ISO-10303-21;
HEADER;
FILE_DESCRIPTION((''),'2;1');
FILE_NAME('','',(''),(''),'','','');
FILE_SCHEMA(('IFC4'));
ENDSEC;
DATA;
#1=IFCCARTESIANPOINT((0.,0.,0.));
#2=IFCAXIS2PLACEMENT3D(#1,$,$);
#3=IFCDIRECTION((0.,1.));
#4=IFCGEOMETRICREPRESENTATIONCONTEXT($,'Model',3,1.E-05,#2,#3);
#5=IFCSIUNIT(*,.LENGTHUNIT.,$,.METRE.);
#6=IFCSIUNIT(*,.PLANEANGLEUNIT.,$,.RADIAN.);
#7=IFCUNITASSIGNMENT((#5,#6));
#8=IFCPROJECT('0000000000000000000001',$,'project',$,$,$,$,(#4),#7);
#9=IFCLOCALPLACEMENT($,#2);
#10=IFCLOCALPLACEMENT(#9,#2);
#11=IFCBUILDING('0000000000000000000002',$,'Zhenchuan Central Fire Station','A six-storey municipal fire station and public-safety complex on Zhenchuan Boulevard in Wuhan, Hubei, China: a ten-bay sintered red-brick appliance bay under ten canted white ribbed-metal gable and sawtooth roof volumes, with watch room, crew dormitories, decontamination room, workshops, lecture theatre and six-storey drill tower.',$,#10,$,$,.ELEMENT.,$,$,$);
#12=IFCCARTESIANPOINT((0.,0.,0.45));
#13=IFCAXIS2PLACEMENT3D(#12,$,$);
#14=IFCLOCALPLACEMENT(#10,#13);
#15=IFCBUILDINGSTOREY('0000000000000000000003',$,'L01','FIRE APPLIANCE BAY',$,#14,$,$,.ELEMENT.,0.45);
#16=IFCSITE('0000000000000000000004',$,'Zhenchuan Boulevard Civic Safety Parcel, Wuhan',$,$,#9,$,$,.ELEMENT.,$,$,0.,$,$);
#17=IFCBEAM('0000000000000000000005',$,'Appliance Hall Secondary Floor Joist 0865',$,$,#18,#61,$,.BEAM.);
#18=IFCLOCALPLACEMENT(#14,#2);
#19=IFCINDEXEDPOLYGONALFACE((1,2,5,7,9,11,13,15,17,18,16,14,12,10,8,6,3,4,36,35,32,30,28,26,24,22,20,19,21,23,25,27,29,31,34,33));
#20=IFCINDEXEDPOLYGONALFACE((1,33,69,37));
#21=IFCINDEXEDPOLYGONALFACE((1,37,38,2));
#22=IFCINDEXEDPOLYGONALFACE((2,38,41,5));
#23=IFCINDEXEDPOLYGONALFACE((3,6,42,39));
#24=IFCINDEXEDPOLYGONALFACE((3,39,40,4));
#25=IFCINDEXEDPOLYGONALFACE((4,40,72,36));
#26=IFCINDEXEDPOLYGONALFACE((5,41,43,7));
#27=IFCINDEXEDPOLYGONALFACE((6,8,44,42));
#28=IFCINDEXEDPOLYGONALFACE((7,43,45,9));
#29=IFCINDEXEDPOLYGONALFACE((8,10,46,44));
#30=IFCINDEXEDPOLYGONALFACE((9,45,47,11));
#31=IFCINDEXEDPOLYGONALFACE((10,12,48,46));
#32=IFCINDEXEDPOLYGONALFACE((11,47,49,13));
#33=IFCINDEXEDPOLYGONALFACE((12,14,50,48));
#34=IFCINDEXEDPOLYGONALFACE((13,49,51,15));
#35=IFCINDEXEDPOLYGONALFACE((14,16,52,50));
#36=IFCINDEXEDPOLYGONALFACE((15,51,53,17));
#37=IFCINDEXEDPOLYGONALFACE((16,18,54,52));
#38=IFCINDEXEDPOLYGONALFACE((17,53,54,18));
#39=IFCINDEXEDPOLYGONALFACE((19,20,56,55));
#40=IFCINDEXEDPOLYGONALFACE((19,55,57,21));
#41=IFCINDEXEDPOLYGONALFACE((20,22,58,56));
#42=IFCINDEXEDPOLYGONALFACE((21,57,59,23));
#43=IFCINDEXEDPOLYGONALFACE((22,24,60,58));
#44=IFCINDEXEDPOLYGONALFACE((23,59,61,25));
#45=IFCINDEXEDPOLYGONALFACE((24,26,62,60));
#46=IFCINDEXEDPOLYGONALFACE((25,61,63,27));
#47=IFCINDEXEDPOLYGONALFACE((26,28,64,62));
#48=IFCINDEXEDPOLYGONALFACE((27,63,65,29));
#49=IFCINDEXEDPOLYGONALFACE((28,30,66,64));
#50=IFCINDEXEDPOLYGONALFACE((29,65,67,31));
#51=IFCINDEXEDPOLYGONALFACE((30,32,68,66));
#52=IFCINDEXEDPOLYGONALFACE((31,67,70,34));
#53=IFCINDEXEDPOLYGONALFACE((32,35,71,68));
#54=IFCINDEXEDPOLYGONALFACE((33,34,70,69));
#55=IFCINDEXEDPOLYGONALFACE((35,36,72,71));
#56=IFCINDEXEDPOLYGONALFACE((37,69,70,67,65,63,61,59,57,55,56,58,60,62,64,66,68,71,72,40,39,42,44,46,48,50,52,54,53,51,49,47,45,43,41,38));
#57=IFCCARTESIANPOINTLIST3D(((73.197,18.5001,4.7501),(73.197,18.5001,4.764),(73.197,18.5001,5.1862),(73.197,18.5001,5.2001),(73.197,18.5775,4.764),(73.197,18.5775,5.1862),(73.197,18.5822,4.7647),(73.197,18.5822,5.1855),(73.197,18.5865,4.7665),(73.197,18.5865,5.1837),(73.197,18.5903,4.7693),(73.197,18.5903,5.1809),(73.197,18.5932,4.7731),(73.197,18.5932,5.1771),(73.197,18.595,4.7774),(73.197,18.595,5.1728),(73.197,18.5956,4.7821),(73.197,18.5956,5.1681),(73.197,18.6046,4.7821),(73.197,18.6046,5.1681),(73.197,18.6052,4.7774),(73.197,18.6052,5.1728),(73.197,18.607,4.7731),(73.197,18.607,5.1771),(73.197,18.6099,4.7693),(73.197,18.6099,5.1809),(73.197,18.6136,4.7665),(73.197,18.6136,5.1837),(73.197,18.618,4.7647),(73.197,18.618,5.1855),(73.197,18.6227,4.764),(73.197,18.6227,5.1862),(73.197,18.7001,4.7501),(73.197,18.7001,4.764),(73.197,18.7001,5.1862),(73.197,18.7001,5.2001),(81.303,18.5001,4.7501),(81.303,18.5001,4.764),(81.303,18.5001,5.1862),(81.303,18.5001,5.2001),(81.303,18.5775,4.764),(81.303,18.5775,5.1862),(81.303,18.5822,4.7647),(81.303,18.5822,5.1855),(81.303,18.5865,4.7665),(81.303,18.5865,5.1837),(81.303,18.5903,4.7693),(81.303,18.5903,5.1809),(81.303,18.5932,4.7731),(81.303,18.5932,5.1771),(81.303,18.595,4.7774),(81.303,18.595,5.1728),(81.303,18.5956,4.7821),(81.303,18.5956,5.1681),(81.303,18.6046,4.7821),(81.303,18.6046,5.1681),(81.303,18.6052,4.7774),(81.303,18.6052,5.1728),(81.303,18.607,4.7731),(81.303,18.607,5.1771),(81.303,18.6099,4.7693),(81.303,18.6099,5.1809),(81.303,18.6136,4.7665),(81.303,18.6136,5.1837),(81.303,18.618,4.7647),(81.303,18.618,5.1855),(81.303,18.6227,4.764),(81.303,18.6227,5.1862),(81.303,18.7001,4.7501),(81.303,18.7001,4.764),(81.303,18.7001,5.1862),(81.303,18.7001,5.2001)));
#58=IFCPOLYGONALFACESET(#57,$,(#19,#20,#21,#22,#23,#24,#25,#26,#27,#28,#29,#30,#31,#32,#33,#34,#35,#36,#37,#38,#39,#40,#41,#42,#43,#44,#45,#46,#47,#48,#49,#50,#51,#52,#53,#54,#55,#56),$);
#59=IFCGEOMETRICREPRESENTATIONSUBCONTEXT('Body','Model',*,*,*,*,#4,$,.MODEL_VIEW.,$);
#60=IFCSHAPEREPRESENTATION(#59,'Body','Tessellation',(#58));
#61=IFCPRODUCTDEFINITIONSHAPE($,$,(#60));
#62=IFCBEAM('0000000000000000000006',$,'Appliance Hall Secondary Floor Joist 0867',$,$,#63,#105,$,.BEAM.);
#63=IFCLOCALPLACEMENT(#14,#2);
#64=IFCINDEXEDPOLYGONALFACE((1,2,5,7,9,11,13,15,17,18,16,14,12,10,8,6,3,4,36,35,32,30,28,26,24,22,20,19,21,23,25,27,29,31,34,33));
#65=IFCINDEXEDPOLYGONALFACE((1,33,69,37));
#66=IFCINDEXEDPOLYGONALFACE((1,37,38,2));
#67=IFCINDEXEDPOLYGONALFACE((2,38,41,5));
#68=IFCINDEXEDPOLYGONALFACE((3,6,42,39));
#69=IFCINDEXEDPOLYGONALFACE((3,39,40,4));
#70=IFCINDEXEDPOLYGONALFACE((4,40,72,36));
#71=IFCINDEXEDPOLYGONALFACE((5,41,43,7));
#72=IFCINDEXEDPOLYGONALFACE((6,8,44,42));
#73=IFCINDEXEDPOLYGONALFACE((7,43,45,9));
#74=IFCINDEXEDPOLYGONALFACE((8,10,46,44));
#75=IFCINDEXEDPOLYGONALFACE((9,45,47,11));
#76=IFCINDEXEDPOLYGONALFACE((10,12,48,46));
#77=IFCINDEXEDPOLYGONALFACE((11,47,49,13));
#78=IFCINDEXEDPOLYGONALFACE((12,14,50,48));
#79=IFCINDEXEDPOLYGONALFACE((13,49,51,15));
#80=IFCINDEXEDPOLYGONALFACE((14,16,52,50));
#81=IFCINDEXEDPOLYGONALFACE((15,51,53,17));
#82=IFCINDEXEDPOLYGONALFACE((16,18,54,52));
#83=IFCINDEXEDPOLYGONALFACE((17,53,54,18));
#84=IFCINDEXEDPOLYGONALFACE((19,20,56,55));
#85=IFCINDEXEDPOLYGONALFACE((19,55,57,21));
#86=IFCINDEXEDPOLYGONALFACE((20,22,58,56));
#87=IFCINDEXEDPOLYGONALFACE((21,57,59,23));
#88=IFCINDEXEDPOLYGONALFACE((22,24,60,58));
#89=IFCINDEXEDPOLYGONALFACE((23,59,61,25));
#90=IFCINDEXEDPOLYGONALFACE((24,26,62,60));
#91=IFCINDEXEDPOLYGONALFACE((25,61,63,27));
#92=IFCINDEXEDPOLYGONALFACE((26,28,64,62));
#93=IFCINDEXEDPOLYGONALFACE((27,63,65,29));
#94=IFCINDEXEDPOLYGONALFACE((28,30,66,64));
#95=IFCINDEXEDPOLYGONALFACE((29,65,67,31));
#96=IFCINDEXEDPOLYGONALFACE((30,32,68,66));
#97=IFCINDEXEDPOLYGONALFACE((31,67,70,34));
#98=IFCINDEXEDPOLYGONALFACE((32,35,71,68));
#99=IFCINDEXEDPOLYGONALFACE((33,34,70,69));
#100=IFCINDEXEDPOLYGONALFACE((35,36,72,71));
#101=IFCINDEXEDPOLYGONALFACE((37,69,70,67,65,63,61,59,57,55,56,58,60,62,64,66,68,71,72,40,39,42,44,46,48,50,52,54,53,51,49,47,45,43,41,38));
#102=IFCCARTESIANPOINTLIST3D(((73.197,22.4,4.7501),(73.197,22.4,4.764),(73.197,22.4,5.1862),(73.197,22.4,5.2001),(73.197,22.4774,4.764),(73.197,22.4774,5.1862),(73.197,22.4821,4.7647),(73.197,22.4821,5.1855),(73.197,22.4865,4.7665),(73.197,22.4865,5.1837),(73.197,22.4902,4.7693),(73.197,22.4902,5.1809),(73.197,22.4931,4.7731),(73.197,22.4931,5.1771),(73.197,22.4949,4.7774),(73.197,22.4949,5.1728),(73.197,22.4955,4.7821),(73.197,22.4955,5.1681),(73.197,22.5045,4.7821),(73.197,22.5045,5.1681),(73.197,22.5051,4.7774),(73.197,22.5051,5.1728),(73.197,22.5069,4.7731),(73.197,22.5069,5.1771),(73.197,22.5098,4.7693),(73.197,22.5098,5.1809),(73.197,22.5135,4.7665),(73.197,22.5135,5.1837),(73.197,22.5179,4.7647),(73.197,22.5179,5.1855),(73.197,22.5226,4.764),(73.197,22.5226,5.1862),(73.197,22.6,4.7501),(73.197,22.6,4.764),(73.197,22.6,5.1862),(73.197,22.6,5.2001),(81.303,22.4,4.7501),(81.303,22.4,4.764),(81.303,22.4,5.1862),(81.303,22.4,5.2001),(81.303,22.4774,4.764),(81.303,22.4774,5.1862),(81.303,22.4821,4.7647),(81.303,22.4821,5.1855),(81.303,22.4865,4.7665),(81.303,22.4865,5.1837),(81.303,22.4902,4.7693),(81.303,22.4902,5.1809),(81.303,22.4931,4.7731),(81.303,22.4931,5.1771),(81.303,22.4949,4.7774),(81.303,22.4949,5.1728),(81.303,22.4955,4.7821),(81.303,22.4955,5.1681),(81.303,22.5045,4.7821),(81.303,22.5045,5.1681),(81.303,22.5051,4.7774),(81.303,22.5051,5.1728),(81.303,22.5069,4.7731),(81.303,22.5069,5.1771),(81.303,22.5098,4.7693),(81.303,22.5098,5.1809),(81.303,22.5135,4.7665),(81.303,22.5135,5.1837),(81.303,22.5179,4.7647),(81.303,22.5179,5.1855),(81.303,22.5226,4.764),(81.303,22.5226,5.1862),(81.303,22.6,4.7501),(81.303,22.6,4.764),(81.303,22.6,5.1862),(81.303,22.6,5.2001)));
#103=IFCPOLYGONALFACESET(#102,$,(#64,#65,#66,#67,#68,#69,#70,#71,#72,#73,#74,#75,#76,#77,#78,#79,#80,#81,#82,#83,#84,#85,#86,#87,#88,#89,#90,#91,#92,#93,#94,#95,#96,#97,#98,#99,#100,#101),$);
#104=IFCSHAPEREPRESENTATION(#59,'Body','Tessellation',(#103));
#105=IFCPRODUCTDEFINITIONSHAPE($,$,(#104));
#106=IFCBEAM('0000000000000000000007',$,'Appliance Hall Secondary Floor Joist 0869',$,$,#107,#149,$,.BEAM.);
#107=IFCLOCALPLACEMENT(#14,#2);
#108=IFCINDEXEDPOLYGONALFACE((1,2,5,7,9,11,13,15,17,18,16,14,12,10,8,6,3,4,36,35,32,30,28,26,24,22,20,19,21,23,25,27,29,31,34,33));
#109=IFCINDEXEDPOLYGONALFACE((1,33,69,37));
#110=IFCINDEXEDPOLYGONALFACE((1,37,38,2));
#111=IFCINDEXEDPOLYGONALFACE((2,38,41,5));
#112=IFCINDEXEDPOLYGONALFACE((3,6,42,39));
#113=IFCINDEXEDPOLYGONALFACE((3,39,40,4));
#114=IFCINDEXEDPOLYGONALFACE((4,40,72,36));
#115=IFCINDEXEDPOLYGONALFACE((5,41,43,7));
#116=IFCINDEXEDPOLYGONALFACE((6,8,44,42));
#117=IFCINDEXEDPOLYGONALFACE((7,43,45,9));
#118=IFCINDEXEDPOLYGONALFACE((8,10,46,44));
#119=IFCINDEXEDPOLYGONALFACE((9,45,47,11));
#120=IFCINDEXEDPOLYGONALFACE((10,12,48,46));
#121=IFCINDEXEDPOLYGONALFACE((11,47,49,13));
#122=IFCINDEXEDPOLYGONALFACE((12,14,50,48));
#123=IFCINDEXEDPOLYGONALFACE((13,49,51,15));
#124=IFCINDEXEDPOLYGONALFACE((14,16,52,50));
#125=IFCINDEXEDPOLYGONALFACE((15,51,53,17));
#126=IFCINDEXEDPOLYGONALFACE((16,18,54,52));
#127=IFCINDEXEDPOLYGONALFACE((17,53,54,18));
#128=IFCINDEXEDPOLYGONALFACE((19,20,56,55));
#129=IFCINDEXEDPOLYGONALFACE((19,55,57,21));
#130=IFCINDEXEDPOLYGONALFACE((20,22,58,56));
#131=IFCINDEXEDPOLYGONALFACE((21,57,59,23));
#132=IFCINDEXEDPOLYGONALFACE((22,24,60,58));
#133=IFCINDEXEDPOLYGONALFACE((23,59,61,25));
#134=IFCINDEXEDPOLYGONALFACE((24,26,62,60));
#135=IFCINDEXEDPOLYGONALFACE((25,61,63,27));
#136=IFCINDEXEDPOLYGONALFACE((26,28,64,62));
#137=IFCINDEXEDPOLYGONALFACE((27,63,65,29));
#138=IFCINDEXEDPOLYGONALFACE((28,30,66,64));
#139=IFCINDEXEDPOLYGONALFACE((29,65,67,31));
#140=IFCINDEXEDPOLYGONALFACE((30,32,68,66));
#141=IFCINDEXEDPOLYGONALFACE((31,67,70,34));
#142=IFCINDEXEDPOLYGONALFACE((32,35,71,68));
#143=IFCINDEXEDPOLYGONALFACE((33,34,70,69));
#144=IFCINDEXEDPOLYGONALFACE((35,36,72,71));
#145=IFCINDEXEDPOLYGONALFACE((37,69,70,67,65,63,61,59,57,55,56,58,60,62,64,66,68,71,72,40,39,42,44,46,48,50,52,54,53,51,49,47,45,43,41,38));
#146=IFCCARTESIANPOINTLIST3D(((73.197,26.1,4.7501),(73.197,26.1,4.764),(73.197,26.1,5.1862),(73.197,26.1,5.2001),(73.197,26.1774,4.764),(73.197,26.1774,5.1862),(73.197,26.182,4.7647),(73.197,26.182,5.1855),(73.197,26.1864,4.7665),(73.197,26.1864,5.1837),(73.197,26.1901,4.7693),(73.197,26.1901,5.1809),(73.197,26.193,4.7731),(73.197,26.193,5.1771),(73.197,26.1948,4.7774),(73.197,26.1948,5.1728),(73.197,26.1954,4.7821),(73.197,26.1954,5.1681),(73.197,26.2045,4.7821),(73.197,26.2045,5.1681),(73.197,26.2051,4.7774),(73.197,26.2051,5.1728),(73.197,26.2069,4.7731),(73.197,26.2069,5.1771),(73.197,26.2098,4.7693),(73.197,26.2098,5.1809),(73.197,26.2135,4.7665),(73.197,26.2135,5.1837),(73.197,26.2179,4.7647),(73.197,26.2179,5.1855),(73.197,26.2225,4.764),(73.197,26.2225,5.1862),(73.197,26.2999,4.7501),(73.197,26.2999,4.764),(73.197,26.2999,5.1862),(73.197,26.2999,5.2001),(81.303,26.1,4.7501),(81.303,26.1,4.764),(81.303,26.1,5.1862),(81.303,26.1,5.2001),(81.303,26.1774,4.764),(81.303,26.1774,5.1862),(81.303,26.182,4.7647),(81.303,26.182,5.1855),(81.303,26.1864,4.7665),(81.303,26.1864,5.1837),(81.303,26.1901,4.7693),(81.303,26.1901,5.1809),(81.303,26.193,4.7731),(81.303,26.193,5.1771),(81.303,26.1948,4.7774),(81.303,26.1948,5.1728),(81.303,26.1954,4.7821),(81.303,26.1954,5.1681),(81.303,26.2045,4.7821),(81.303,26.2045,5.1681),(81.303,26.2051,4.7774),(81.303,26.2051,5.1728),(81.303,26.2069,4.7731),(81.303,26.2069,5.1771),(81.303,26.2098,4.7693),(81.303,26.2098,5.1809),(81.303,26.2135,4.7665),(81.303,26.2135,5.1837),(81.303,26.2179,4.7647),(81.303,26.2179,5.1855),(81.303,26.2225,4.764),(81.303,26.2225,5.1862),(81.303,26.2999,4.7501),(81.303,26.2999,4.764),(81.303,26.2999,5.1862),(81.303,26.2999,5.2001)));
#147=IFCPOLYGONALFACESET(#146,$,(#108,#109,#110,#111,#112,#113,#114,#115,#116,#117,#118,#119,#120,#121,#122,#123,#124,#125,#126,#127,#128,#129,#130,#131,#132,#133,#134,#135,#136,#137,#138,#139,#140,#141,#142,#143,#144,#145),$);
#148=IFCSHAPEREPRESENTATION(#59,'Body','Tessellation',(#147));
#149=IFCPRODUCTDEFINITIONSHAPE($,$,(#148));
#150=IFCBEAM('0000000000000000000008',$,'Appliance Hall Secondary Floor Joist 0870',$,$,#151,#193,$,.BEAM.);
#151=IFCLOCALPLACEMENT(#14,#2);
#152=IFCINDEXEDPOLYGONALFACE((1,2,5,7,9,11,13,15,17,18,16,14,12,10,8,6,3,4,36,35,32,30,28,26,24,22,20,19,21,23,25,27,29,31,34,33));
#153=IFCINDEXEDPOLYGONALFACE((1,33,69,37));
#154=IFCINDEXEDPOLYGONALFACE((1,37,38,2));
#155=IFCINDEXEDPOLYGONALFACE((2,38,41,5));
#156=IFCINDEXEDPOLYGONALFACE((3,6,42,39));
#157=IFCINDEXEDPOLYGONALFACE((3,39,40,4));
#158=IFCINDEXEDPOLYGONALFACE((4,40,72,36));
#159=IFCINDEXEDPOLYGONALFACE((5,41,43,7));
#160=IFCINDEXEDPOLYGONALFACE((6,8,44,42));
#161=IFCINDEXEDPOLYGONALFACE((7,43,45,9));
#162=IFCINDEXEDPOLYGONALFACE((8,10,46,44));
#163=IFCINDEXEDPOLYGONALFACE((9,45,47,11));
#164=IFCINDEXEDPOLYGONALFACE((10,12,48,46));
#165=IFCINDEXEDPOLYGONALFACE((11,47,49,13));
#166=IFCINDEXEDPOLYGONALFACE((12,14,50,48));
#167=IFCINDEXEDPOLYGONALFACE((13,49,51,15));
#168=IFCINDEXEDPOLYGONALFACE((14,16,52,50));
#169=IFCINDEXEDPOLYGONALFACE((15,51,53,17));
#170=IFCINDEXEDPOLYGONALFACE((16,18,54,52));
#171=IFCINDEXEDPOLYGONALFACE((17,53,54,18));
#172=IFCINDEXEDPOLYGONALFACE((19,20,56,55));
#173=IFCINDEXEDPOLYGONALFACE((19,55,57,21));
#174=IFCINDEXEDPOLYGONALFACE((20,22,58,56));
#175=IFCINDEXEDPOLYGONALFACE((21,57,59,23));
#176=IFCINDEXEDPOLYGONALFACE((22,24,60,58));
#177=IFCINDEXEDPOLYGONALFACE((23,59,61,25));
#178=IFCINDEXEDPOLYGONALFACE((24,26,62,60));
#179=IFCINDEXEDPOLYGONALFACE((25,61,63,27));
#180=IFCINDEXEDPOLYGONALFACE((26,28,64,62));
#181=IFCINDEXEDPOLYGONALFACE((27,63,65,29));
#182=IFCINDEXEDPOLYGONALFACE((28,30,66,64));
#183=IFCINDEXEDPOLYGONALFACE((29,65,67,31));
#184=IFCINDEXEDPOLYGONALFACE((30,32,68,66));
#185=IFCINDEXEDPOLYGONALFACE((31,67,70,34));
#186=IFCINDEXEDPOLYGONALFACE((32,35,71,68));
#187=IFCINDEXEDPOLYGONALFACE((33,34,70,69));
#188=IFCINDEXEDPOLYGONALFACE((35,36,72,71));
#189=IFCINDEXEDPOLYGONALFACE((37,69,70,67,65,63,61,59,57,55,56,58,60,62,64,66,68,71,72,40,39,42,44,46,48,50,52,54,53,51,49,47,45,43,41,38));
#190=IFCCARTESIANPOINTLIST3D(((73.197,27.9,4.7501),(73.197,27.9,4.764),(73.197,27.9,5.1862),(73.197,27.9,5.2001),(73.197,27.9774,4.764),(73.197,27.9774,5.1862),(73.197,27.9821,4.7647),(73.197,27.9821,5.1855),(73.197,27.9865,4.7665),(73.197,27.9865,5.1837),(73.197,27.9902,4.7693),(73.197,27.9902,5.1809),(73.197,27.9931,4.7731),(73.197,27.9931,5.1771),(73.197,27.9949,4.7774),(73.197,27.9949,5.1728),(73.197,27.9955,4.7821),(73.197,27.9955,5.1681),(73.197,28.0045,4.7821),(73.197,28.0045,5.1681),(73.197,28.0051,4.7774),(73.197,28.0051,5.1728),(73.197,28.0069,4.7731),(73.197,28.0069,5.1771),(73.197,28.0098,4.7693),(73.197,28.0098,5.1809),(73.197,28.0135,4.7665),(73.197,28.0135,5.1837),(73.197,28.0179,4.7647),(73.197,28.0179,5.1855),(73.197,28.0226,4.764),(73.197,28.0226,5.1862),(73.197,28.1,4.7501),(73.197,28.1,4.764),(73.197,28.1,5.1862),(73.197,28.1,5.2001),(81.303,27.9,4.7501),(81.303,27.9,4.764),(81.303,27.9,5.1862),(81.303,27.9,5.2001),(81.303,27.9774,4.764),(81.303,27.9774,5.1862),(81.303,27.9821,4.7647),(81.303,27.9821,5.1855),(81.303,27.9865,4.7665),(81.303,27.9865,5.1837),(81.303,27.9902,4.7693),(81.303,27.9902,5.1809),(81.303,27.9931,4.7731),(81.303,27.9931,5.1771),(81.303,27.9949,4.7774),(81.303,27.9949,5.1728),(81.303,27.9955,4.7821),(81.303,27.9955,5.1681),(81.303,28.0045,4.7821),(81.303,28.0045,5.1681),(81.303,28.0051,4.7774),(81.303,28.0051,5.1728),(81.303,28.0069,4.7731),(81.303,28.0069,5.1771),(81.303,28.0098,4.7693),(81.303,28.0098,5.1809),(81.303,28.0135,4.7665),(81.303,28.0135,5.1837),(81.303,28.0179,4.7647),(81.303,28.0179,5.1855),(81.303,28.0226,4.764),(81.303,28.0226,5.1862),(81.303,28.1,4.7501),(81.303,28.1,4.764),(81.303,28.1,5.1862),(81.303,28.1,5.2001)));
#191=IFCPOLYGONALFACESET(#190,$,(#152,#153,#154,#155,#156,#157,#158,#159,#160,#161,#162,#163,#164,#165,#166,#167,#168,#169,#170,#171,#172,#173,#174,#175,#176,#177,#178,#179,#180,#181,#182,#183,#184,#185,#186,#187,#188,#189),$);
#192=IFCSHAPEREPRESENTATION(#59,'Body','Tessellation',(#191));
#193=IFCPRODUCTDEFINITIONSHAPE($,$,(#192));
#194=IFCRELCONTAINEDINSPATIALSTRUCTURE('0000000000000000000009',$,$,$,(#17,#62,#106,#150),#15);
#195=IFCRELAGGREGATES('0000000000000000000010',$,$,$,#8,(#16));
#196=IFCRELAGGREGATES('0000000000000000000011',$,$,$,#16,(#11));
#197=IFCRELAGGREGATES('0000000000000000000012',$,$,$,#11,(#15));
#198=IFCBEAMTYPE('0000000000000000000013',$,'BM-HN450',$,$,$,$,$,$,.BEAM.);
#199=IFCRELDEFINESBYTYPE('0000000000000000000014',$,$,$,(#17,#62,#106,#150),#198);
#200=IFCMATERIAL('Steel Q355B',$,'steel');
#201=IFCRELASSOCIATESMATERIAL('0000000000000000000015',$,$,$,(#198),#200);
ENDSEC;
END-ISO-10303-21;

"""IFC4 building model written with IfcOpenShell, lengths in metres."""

from ifc_helpers import new_model, si_unit, direction, frame, origin, origin_2d, place, context, subcontext, project, spatial, i_section, extrude, material, material_profile, profile_set, type_object, element, save


model = new_model("IFC4")

# Units and contexts
model_context = context("Model", 3, precision=1e-05, world=origin(), true_north=direction((0.0, 1.0)))
body_context = subcontext(model_context, "Body", "Model", "MODEL_VIEW")
ifc_project = project(units=[si_unit("LENGTHUNIT", "METRE"), si_unit("PLANEANGLEUNIT", "RADIAN")], contexts=[model_context])

# Site, building, storey
site_placement = place(None, origin())
site = spatial("IfcSite", under=ifc_project, at=site_placement, Name="Zhenchuan Boulevard Civic Safety Parcel, Wuhan", CompositionType="ELEMENT", RefElevation=0.0)
building_placement = place(site_placement, origin())
building = spatial("IfcBuilding", under=site, at=building_placement, Name="Zhenchuan Central Fire Station", Description="A six-storey municipal fire station and public-safety complex on Zhenchuan Boulevard in Wuhan, Hubei, China: a ten-bay sintered red-brick appliance bay under ten canted white ribbed-metal gable and sawtooth roof volumes, with watch room, crew dormitories, decontamination room, workshops, lecture theatre and six-storey drill tower.", CompositionType="ELEMENT")
storey_placement = place(building_placement, frame((0.0, 0.0, 0.45)))
storey = spatial("IfcBuildingStorey", under=building, at=storey_placement, Name="L01", Description="FIRE APPLIANCE BAY", CompositionType="ELEMENT", Elevation=0.45)

# Shared definitions
ifc_material_1 = material(Name="Steel Q355B", Category="steel")

# Beams
ifc_material_profile_1 = material_profile(ifc_material_1, i_section(OverallWidth=0.2, OverallDepth=0.45, WebThickness=0.009, FlangeThickness=0.0139, FilletRadius=0.0181, at=origin_2d()), Name="HN 450x200")
ifc_profile_set_1 = profile_set([ifc_material_profile_1], Name="Steel Q355B")
beam_type_1 = type_object("IfcBeamType", Name="BM-HN450", PredefinedType="BEAM", material=ifc_profile_set_1)
for number, where, z_axis, x_axis, name in (
    (1, (73.197, 18.6001, 4.9751), (1.0, 0.0, 0.0), (0.0, 1.0, 0.0), "Appliance Hall Secondary Floor Joist 0865"),
    (2, (73.197, 22.5, 4.9751), (1.0, 0.0, 0.0), (0.0, 1.0, 0.0), "Appliance Hall Secondary Floor Joist 0867"),
    (3, (73.197, 26.2, 4.9751), (1.0, 0.0, 0.0), (0.0, 1.0, 0.0), "Appliance Hall Secondary Floor Joist 0869"),
    (4, (73.197, 28.0, 4.9751), (1.0, 0.0, 0.0), (0.0, 1.0, 0.0), "Appliance Hall Secondary Floor Joist 0870"),
):
    element("IfcBeam", number, at=place(storey_placement, frame(where, z_axis=z_axis, x_axis=x_axis)), inside=storey, type_object=beam_type_1, Name=name, PredefinedType="BEAM", context=body_context, shape_type="SweptSolid", body=[
        extrude(i_section(OverallWidth=0.2, OverallDepth=0.45, WebThickness=0.009, FlangeThickness=0.0139, FilletRadius=0.0181, at=origin_2d()), origin(), (0.0, 0.0, 1.0), 8.106),
    ])

save(model, "model.ifc")
